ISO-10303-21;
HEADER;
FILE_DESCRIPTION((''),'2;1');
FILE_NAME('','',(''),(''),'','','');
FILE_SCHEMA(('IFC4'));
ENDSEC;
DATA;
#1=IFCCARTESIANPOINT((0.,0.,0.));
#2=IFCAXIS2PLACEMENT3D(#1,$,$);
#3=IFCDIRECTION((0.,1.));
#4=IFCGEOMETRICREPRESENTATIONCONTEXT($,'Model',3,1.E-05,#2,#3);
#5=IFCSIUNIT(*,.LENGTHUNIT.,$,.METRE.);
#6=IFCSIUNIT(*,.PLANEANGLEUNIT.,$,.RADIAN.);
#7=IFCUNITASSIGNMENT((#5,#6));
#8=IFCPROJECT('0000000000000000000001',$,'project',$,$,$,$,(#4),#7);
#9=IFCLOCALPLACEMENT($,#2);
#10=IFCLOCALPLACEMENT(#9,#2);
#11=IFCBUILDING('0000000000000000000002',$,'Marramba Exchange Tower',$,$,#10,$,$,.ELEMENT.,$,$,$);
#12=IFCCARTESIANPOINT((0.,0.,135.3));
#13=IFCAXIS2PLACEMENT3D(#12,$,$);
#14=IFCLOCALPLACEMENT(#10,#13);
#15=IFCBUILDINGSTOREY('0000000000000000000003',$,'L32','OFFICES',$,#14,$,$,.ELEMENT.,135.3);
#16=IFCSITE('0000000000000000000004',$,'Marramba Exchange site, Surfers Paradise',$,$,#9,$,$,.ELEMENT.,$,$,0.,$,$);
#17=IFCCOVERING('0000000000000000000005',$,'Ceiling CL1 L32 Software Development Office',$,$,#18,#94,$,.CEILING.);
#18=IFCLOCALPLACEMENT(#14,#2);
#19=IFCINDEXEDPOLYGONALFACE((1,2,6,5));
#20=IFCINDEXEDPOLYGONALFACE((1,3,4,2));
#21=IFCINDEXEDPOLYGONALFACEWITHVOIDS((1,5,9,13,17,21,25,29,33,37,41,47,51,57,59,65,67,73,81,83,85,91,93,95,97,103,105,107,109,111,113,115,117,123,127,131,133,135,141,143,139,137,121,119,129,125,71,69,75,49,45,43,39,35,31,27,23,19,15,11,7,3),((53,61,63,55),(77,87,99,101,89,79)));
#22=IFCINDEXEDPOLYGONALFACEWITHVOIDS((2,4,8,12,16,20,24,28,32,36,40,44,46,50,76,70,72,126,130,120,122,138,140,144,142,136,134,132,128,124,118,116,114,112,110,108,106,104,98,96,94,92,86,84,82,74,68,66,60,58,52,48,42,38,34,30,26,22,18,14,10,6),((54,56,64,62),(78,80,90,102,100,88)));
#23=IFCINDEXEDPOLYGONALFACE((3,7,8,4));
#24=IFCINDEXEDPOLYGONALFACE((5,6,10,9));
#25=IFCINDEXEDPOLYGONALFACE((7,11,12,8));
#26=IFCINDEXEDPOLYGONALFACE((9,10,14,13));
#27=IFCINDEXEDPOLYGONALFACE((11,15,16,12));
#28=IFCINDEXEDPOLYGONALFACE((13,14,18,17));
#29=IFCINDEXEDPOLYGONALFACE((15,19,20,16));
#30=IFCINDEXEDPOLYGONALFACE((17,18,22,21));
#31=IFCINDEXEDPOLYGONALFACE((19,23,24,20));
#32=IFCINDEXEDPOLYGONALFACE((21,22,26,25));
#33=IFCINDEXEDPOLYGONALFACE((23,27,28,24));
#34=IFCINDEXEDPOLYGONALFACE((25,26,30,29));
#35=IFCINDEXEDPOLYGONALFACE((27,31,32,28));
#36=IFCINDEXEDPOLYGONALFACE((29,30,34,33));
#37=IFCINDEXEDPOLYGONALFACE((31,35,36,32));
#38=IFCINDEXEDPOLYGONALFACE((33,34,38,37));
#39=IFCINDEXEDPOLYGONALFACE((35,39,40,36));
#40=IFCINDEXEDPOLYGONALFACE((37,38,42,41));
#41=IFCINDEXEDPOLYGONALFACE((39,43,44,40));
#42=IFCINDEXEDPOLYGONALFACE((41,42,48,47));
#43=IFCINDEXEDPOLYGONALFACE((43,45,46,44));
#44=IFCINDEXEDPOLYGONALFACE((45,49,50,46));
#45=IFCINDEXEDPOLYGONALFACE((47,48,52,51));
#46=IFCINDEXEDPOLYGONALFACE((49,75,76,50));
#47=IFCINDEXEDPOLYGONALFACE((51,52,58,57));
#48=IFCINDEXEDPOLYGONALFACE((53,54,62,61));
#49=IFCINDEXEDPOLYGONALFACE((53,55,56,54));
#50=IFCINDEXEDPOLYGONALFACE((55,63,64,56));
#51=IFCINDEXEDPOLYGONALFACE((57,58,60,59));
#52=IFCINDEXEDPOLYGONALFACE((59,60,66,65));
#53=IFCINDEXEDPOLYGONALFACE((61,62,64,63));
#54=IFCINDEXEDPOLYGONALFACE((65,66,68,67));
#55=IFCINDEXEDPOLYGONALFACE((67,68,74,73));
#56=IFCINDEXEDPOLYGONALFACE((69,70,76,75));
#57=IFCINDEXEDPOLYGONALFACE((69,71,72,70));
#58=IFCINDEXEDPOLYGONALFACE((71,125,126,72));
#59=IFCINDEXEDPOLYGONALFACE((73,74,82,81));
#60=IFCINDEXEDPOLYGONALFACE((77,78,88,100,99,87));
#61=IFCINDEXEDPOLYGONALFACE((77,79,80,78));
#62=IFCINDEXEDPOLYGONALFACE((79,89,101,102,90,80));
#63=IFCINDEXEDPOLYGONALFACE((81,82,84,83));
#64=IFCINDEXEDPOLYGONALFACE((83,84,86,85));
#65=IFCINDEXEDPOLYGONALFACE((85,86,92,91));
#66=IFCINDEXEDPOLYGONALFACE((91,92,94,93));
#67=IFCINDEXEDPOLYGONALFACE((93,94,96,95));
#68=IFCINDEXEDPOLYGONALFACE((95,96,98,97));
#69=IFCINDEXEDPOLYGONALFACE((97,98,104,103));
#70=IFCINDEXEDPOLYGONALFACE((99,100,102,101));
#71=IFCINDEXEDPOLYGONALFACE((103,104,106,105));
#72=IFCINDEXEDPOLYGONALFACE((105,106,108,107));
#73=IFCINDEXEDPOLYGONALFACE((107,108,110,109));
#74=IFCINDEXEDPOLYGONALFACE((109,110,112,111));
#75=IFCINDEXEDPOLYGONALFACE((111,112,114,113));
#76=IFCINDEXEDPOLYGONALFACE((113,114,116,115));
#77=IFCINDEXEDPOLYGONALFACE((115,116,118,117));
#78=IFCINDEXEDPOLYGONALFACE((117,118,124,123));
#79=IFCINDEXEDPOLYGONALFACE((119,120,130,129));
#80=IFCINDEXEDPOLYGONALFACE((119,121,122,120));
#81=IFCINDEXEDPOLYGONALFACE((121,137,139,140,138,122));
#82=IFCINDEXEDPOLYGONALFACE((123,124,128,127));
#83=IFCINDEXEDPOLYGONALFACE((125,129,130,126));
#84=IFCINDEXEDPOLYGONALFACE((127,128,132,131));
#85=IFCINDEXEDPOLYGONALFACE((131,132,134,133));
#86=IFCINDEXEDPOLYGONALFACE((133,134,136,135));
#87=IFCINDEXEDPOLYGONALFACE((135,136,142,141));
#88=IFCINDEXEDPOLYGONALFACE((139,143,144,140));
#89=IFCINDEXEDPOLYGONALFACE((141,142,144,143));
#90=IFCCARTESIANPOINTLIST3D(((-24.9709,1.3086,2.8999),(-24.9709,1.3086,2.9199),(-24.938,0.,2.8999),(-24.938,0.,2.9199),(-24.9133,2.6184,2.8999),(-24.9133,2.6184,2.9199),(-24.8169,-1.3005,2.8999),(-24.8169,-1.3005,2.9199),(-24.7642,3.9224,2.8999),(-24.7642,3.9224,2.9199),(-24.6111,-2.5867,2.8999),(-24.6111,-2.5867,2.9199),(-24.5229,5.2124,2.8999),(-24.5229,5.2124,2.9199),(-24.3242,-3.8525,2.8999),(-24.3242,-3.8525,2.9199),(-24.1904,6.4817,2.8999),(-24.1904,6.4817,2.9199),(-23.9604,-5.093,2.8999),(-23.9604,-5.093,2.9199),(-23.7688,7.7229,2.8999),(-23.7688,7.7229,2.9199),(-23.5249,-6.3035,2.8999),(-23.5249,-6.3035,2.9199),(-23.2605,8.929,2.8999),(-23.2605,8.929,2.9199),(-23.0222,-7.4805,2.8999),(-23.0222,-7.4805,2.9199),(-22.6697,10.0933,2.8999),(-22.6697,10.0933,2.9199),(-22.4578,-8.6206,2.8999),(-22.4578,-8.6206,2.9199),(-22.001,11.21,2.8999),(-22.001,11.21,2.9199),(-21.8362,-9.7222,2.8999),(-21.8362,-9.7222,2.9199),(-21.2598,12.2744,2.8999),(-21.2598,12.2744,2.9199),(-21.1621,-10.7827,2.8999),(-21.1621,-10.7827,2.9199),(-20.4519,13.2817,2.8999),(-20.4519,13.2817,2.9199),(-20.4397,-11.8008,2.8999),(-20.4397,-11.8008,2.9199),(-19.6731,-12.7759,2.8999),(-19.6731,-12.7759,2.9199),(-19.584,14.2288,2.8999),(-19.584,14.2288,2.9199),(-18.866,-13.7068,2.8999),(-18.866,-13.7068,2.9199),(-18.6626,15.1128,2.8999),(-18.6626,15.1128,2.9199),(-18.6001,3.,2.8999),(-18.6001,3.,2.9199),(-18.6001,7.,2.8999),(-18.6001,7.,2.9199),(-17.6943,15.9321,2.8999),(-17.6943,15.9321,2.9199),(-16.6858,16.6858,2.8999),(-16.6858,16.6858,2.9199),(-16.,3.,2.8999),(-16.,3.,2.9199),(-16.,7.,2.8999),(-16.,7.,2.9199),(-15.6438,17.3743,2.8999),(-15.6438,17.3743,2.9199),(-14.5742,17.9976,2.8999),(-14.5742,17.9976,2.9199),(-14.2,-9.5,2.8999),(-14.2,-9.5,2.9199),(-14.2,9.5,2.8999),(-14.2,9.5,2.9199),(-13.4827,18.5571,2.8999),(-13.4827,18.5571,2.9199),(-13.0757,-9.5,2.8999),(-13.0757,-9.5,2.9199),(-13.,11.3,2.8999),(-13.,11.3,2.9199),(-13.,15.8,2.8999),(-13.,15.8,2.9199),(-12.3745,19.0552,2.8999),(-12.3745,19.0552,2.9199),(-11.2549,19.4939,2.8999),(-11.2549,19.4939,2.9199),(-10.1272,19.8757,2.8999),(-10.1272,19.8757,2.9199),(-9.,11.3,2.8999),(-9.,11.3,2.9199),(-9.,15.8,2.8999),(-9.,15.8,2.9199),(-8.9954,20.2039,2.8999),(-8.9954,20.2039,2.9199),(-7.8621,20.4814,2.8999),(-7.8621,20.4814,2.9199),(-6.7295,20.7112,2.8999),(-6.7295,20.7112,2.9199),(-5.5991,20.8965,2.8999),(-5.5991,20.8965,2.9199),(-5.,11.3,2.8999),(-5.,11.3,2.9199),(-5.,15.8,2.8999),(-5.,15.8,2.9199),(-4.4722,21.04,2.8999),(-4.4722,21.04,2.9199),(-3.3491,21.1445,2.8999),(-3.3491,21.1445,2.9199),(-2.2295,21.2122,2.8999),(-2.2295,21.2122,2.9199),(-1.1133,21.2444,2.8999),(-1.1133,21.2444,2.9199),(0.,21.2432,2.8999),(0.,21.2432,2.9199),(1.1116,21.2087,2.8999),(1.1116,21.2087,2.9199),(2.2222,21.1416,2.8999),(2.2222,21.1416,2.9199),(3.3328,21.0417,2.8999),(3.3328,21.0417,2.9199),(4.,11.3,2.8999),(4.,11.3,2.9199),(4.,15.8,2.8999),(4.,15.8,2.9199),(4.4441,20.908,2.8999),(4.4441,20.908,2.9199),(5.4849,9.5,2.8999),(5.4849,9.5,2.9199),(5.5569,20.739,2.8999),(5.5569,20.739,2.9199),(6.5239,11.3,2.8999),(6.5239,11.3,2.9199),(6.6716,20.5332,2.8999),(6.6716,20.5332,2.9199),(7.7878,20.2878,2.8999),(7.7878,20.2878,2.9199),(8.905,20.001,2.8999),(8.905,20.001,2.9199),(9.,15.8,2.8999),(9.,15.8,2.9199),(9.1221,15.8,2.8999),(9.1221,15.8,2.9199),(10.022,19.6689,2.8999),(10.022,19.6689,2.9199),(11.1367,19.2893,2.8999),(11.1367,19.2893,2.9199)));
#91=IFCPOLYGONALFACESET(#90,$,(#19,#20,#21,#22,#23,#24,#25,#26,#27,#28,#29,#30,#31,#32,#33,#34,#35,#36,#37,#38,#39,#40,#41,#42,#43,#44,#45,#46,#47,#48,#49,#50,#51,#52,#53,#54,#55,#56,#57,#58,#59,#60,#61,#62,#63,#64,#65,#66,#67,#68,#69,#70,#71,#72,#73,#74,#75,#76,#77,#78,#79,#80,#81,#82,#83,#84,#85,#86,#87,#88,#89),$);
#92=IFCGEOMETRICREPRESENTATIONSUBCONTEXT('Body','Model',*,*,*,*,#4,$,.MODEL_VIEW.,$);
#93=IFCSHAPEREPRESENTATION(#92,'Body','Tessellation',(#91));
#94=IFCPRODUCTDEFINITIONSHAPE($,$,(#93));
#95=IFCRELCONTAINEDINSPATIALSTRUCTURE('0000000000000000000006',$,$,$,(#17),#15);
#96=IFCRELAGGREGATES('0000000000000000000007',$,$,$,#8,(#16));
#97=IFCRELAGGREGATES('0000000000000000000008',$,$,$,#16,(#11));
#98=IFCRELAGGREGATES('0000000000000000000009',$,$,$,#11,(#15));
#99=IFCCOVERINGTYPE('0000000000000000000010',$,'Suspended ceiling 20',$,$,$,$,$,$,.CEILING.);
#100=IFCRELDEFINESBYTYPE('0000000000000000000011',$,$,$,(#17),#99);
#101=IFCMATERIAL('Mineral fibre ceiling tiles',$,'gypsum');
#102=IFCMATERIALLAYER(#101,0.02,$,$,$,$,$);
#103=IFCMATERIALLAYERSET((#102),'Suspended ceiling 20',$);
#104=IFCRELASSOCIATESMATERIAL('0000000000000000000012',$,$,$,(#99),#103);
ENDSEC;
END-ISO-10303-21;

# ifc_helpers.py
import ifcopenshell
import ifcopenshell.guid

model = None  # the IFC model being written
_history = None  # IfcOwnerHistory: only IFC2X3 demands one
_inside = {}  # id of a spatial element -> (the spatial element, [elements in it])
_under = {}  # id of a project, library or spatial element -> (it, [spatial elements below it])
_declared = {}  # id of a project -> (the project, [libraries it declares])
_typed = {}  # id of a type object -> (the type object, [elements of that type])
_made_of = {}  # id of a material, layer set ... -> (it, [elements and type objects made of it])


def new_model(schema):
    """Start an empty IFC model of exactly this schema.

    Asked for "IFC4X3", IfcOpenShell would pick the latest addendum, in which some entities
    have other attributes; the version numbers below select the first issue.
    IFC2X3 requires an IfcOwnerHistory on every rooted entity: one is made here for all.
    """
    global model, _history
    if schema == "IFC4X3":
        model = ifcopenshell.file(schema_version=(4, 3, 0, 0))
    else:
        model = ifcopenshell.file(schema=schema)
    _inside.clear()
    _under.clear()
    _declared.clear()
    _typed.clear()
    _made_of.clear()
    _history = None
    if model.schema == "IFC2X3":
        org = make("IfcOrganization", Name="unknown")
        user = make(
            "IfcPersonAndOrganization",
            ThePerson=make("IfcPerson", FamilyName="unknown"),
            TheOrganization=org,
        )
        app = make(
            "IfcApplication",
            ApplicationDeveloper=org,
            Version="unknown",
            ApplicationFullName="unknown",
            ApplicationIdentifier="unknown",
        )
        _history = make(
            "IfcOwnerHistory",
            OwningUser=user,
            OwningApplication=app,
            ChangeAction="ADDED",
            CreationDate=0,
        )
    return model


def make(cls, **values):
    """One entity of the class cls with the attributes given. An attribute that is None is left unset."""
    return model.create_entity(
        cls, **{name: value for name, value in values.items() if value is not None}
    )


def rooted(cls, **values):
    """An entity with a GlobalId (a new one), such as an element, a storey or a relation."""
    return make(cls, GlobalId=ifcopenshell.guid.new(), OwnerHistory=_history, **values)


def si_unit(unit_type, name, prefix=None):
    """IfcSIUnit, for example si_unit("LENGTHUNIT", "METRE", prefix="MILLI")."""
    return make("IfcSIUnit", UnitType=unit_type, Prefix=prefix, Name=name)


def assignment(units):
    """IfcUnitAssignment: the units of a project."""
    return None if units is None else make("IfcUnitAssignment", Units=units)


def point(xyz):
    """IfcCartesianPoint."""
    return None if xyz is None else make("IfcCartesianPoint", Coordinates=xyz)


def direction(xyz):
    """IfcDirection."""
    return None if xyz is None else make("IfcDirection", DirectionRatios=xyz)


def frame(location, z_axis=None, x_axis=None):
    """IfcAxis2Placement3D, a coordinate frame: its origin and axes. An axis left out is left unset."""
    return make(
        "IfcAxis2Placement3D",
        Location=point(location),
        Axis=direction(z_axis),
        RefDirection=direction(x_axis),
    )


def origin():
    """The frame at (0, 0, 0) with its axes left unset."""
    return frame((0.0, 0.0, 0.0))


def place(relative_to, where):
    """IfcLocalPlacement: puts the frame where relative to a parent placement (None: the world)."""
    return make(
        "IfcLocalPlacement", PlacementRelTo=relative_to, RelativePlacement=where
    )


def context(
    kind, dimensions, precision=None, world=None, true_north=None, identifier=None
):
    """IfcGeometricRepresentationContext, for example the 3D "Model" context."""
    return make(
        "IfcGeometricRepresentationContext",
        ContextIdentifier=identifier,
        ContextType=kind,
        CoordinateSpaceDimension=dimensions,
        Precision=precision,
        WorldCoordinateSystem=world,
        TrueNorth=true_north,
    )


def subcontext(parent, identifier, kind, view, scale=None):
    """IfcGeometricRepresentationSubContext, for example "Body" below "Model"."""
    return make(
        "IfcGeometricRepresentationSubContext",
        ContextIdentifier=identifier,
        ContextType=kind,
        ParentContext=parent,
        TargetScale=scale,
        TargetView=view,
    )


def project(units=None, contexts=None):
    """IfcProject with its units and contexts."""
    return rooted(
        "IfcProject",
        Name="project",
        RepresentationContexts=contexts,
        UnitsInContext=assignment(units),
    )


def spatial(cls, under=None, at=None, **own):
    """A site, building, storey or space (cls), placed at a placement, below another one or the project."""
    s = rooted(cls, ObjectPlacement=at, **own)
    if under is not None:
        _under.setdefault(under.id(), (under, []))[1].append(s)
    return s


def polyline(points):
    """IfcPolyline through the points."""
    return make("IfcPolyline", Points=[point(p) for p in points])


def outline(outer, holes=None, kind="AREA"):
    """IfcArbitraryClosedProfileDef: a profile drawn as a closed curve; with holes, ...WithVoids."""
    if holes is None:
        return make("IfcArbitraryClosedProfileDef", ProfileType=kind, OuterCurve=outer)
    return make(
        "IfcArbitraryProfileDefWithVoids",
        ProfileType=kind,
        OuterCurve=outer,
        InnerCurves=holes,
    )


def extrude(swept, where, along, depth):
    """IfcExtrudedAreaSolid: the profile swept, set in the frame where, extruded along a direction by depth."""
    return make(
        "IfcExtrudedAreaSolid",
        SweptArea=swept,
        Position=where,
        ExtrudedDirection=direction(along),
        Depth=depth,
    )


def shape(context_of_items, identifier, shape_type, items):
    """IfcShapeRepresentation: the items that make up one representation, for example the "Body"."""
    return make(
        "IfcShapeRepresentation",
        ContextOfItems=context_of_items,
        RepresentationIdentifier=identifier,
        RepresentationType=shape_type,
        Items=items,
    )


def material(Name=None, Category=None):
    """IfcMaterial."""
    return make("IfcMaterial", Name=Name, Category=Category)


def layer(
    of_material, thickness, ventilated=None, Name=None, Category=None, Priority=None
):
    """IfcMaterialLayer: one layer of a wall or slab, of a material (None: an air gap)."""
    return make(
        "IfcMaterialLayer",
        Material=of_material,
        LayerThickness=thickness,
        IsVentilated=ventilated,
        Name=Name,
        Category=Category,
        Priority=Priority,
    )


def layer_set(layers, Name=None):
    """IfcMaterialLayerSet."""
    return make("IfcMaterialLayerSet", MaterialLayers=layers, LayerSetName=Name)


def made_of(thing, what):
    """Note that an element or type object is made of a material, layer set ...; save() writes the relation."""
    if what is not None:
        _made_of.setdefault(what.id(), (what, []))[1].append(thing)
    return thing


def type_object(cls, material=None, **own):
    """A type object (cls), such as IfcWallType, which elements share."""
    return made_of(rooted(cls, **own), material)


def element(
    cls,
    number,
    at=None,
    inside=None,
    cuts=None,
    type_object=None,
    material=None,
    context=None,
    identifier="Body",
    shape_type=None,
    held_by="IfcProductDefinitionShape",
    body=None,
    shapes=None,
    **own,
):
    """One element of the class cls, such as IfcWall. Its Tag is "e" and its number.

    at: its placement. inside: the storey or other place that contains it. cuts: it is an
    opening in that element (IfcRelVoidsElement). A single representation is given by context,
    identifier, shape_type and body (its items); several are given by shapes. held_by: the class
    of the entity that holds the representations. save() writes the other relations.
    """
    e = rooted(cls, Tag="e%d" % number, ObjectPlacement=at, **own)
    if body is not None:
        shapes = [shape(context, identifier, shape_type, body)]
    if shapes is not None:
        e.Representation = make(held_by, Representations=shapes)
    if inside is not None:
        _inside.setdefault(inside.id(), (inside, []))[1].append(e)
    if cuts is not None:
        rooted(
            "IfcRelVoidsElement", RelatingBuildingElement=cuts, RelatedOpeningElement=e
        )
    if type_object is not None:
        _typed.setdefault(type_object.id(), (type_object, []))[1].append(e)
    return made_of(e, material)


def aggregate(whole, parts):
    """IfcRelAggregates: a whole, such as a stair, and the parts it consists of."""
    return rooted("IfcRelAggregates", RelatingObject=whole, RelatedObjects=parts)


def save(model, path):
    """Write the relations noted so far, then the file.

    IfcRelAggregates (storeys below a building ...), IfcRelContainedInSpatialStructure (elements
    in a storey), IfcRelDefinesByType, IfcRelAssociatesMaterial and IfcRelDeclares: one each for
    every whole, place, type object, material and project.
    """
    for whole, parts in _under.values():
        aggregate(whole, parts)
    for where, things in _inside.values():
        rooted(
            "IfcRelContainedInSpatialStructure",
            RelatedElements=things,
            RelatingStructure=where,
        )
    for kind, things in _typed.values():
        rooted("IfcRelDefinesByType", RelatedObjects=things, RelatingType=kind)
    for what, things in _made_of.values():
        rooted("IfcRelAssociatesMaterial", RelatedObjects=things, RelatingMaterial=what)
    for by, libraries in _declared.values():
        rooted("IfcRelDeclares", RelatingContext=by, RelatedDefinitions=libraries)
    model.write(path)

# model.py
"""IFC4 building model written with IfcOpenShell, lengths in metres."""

from ifc_helpers import new_model, si_unit, direction, frame, origin, place, context, subcontext, project, spatial, polyline, outline, extrude, material, layer, layer_set, type_object, element, save


model = new_model("IFC4")

# Units and contexts
model_context = context("Model", 3, precision=1e-05, world=origin(), true_north=direction((0.0, 1.0)))
body_context = subcontext(model_context, "Body", "Model", "MODEL_VIEW")
ifc_project = project(units=[si_unit("LENGTHUNIT", "METRE"), si_unit("PLANEANGLEUNIT", "RADIAN")], contexts=[model_context])

# Site, building, storey
site_placement = place(None, origin())
site = spatial("IfcSite", under=ifc_project, at=site_placement, Name="Marramba Exchange site, Surfers Paradise", CompositionType="ELEMENT", RefElevation=0.0)
building_placement = place(site_placement, origin())
building = spatial("IfcBuilding", under=site, at=building_placement, Name="Marramba Exchange Tower", CompositionType="ELEMENT")
storey_placement = place(building_placement, frame((0.0, 0.0, 135.3)))
storey = spatial("IfcBuildingStorey", under=building, at=storey_placement, Name="L32", Description="OFFICES", CompositionType="ELEMENT", Elevation=135.3)

# Covering
ifc_material_1 = material(Name="Mineral fibre ceiling tiles", Category="gypsum")
ifc_layer_1 = layer(ifc_material_1, 0.02)
ifc_layer_set_1 = layer_set([ifc_layer_1], Name="Suspended ceiling 20")
covering_type = type_object("IfcCoveringType", Name="Suspended ceiling 20", PredefinedType="CEILING", material=ifc_layer_set_1)
covering_1_placement = place(storey_placement, frame((0.0, 0.0, 2.8999)))
element("IfcCovering", 1, at=covering_1_placement, inside=storey, type_object=covering_type, Name="Ceiling CL1 L32 Software Development Office", PredefinedType="CEILING", context=body_context, shape_type="SweptSolid", body=[
    extrude(outline(polyline([(-14.2, -9.5), (-13.0757, -9.5), (-18.866, -13.7068), (-19.6731, -12.7759), (-20.4397, -11.8008), (-21.1621, -10.7827), (-21.8362, -9.7222), (-22.4578, -8.6206), (-23.0222, -7.4805), (-23.5249, -6.3035), (-23.9604, -5.093), (-24.3242, -3.8525), (-24.6111, -2.5867), (-24.8169, -1.3005), (-24.938, 0.0), (-24.9709, 1.3086), (-24.9133, 2.6184), (-24.7642, 3.9224), (-24.5229, 5.2124), (-24.1904, 6.4817), (-23.7688, 7.7229), (-23.2605, 8.929), (-22.6697, 10.0933), (-22.001, 11.21), (-21.2598, 12.2744), (-20.4519, 13.2817), (-19.584, 14.2288), (-18.6626, 15.1128), (-17.6943, 15.9321), (-16.6858, 16.6858), (-15.6438, 17.3743), (-14.5742, 17.9976), (-13.4827, 18.5571), (-12.3745, 19.0552), (-11.2549, 19.4939), (-10.1272, 19.8757), (-8.9954, 20.2039), (-7.8621, 20.4814), (-6.7295, 20.7112), (-5.5991, 20.8965), (-4.4722, 21.04), (-3.3491, 21.1445), (-2.2295, 21.2122), (-1.1133, 21.2444), (0.0, 21.2432), (1.1116, 21.2087), (2.2222, 21.1416), (3.3328, 21.0417), (4.4441, 20.908), (5.5569, 20.739), (6.6716, 20.5332), (7.7878, 20.2878), (8.905, 20.001), (10.022, 19.6689), (11.1367, 19.2893), (9.1221, 15.8), (9.0, 15.8), (4.0, 15.8), (4.0, 11.3), (6.5239, 11.3), (5.4849, 9.5), (-14.2, 9.5), (-14.2, -9.5)]), holes=[polyline([(-13.0, 11.3), (-9.0, 11.3), (-5.0, 11.3), (-5.0, 15.8), (-9.0, 15.8), (-13.0, 15.8), (-13.0, 11.3)]), polyline([(-18.6001, 3.0), (-16.0, 3.0), (-16.0, 7.0), (-18.6001, 7.0), (-18.6001, 3.0)])]), origin(), (0.0, 0.0, 1.0), 0.02),
])

save(model, "model.ifc")
